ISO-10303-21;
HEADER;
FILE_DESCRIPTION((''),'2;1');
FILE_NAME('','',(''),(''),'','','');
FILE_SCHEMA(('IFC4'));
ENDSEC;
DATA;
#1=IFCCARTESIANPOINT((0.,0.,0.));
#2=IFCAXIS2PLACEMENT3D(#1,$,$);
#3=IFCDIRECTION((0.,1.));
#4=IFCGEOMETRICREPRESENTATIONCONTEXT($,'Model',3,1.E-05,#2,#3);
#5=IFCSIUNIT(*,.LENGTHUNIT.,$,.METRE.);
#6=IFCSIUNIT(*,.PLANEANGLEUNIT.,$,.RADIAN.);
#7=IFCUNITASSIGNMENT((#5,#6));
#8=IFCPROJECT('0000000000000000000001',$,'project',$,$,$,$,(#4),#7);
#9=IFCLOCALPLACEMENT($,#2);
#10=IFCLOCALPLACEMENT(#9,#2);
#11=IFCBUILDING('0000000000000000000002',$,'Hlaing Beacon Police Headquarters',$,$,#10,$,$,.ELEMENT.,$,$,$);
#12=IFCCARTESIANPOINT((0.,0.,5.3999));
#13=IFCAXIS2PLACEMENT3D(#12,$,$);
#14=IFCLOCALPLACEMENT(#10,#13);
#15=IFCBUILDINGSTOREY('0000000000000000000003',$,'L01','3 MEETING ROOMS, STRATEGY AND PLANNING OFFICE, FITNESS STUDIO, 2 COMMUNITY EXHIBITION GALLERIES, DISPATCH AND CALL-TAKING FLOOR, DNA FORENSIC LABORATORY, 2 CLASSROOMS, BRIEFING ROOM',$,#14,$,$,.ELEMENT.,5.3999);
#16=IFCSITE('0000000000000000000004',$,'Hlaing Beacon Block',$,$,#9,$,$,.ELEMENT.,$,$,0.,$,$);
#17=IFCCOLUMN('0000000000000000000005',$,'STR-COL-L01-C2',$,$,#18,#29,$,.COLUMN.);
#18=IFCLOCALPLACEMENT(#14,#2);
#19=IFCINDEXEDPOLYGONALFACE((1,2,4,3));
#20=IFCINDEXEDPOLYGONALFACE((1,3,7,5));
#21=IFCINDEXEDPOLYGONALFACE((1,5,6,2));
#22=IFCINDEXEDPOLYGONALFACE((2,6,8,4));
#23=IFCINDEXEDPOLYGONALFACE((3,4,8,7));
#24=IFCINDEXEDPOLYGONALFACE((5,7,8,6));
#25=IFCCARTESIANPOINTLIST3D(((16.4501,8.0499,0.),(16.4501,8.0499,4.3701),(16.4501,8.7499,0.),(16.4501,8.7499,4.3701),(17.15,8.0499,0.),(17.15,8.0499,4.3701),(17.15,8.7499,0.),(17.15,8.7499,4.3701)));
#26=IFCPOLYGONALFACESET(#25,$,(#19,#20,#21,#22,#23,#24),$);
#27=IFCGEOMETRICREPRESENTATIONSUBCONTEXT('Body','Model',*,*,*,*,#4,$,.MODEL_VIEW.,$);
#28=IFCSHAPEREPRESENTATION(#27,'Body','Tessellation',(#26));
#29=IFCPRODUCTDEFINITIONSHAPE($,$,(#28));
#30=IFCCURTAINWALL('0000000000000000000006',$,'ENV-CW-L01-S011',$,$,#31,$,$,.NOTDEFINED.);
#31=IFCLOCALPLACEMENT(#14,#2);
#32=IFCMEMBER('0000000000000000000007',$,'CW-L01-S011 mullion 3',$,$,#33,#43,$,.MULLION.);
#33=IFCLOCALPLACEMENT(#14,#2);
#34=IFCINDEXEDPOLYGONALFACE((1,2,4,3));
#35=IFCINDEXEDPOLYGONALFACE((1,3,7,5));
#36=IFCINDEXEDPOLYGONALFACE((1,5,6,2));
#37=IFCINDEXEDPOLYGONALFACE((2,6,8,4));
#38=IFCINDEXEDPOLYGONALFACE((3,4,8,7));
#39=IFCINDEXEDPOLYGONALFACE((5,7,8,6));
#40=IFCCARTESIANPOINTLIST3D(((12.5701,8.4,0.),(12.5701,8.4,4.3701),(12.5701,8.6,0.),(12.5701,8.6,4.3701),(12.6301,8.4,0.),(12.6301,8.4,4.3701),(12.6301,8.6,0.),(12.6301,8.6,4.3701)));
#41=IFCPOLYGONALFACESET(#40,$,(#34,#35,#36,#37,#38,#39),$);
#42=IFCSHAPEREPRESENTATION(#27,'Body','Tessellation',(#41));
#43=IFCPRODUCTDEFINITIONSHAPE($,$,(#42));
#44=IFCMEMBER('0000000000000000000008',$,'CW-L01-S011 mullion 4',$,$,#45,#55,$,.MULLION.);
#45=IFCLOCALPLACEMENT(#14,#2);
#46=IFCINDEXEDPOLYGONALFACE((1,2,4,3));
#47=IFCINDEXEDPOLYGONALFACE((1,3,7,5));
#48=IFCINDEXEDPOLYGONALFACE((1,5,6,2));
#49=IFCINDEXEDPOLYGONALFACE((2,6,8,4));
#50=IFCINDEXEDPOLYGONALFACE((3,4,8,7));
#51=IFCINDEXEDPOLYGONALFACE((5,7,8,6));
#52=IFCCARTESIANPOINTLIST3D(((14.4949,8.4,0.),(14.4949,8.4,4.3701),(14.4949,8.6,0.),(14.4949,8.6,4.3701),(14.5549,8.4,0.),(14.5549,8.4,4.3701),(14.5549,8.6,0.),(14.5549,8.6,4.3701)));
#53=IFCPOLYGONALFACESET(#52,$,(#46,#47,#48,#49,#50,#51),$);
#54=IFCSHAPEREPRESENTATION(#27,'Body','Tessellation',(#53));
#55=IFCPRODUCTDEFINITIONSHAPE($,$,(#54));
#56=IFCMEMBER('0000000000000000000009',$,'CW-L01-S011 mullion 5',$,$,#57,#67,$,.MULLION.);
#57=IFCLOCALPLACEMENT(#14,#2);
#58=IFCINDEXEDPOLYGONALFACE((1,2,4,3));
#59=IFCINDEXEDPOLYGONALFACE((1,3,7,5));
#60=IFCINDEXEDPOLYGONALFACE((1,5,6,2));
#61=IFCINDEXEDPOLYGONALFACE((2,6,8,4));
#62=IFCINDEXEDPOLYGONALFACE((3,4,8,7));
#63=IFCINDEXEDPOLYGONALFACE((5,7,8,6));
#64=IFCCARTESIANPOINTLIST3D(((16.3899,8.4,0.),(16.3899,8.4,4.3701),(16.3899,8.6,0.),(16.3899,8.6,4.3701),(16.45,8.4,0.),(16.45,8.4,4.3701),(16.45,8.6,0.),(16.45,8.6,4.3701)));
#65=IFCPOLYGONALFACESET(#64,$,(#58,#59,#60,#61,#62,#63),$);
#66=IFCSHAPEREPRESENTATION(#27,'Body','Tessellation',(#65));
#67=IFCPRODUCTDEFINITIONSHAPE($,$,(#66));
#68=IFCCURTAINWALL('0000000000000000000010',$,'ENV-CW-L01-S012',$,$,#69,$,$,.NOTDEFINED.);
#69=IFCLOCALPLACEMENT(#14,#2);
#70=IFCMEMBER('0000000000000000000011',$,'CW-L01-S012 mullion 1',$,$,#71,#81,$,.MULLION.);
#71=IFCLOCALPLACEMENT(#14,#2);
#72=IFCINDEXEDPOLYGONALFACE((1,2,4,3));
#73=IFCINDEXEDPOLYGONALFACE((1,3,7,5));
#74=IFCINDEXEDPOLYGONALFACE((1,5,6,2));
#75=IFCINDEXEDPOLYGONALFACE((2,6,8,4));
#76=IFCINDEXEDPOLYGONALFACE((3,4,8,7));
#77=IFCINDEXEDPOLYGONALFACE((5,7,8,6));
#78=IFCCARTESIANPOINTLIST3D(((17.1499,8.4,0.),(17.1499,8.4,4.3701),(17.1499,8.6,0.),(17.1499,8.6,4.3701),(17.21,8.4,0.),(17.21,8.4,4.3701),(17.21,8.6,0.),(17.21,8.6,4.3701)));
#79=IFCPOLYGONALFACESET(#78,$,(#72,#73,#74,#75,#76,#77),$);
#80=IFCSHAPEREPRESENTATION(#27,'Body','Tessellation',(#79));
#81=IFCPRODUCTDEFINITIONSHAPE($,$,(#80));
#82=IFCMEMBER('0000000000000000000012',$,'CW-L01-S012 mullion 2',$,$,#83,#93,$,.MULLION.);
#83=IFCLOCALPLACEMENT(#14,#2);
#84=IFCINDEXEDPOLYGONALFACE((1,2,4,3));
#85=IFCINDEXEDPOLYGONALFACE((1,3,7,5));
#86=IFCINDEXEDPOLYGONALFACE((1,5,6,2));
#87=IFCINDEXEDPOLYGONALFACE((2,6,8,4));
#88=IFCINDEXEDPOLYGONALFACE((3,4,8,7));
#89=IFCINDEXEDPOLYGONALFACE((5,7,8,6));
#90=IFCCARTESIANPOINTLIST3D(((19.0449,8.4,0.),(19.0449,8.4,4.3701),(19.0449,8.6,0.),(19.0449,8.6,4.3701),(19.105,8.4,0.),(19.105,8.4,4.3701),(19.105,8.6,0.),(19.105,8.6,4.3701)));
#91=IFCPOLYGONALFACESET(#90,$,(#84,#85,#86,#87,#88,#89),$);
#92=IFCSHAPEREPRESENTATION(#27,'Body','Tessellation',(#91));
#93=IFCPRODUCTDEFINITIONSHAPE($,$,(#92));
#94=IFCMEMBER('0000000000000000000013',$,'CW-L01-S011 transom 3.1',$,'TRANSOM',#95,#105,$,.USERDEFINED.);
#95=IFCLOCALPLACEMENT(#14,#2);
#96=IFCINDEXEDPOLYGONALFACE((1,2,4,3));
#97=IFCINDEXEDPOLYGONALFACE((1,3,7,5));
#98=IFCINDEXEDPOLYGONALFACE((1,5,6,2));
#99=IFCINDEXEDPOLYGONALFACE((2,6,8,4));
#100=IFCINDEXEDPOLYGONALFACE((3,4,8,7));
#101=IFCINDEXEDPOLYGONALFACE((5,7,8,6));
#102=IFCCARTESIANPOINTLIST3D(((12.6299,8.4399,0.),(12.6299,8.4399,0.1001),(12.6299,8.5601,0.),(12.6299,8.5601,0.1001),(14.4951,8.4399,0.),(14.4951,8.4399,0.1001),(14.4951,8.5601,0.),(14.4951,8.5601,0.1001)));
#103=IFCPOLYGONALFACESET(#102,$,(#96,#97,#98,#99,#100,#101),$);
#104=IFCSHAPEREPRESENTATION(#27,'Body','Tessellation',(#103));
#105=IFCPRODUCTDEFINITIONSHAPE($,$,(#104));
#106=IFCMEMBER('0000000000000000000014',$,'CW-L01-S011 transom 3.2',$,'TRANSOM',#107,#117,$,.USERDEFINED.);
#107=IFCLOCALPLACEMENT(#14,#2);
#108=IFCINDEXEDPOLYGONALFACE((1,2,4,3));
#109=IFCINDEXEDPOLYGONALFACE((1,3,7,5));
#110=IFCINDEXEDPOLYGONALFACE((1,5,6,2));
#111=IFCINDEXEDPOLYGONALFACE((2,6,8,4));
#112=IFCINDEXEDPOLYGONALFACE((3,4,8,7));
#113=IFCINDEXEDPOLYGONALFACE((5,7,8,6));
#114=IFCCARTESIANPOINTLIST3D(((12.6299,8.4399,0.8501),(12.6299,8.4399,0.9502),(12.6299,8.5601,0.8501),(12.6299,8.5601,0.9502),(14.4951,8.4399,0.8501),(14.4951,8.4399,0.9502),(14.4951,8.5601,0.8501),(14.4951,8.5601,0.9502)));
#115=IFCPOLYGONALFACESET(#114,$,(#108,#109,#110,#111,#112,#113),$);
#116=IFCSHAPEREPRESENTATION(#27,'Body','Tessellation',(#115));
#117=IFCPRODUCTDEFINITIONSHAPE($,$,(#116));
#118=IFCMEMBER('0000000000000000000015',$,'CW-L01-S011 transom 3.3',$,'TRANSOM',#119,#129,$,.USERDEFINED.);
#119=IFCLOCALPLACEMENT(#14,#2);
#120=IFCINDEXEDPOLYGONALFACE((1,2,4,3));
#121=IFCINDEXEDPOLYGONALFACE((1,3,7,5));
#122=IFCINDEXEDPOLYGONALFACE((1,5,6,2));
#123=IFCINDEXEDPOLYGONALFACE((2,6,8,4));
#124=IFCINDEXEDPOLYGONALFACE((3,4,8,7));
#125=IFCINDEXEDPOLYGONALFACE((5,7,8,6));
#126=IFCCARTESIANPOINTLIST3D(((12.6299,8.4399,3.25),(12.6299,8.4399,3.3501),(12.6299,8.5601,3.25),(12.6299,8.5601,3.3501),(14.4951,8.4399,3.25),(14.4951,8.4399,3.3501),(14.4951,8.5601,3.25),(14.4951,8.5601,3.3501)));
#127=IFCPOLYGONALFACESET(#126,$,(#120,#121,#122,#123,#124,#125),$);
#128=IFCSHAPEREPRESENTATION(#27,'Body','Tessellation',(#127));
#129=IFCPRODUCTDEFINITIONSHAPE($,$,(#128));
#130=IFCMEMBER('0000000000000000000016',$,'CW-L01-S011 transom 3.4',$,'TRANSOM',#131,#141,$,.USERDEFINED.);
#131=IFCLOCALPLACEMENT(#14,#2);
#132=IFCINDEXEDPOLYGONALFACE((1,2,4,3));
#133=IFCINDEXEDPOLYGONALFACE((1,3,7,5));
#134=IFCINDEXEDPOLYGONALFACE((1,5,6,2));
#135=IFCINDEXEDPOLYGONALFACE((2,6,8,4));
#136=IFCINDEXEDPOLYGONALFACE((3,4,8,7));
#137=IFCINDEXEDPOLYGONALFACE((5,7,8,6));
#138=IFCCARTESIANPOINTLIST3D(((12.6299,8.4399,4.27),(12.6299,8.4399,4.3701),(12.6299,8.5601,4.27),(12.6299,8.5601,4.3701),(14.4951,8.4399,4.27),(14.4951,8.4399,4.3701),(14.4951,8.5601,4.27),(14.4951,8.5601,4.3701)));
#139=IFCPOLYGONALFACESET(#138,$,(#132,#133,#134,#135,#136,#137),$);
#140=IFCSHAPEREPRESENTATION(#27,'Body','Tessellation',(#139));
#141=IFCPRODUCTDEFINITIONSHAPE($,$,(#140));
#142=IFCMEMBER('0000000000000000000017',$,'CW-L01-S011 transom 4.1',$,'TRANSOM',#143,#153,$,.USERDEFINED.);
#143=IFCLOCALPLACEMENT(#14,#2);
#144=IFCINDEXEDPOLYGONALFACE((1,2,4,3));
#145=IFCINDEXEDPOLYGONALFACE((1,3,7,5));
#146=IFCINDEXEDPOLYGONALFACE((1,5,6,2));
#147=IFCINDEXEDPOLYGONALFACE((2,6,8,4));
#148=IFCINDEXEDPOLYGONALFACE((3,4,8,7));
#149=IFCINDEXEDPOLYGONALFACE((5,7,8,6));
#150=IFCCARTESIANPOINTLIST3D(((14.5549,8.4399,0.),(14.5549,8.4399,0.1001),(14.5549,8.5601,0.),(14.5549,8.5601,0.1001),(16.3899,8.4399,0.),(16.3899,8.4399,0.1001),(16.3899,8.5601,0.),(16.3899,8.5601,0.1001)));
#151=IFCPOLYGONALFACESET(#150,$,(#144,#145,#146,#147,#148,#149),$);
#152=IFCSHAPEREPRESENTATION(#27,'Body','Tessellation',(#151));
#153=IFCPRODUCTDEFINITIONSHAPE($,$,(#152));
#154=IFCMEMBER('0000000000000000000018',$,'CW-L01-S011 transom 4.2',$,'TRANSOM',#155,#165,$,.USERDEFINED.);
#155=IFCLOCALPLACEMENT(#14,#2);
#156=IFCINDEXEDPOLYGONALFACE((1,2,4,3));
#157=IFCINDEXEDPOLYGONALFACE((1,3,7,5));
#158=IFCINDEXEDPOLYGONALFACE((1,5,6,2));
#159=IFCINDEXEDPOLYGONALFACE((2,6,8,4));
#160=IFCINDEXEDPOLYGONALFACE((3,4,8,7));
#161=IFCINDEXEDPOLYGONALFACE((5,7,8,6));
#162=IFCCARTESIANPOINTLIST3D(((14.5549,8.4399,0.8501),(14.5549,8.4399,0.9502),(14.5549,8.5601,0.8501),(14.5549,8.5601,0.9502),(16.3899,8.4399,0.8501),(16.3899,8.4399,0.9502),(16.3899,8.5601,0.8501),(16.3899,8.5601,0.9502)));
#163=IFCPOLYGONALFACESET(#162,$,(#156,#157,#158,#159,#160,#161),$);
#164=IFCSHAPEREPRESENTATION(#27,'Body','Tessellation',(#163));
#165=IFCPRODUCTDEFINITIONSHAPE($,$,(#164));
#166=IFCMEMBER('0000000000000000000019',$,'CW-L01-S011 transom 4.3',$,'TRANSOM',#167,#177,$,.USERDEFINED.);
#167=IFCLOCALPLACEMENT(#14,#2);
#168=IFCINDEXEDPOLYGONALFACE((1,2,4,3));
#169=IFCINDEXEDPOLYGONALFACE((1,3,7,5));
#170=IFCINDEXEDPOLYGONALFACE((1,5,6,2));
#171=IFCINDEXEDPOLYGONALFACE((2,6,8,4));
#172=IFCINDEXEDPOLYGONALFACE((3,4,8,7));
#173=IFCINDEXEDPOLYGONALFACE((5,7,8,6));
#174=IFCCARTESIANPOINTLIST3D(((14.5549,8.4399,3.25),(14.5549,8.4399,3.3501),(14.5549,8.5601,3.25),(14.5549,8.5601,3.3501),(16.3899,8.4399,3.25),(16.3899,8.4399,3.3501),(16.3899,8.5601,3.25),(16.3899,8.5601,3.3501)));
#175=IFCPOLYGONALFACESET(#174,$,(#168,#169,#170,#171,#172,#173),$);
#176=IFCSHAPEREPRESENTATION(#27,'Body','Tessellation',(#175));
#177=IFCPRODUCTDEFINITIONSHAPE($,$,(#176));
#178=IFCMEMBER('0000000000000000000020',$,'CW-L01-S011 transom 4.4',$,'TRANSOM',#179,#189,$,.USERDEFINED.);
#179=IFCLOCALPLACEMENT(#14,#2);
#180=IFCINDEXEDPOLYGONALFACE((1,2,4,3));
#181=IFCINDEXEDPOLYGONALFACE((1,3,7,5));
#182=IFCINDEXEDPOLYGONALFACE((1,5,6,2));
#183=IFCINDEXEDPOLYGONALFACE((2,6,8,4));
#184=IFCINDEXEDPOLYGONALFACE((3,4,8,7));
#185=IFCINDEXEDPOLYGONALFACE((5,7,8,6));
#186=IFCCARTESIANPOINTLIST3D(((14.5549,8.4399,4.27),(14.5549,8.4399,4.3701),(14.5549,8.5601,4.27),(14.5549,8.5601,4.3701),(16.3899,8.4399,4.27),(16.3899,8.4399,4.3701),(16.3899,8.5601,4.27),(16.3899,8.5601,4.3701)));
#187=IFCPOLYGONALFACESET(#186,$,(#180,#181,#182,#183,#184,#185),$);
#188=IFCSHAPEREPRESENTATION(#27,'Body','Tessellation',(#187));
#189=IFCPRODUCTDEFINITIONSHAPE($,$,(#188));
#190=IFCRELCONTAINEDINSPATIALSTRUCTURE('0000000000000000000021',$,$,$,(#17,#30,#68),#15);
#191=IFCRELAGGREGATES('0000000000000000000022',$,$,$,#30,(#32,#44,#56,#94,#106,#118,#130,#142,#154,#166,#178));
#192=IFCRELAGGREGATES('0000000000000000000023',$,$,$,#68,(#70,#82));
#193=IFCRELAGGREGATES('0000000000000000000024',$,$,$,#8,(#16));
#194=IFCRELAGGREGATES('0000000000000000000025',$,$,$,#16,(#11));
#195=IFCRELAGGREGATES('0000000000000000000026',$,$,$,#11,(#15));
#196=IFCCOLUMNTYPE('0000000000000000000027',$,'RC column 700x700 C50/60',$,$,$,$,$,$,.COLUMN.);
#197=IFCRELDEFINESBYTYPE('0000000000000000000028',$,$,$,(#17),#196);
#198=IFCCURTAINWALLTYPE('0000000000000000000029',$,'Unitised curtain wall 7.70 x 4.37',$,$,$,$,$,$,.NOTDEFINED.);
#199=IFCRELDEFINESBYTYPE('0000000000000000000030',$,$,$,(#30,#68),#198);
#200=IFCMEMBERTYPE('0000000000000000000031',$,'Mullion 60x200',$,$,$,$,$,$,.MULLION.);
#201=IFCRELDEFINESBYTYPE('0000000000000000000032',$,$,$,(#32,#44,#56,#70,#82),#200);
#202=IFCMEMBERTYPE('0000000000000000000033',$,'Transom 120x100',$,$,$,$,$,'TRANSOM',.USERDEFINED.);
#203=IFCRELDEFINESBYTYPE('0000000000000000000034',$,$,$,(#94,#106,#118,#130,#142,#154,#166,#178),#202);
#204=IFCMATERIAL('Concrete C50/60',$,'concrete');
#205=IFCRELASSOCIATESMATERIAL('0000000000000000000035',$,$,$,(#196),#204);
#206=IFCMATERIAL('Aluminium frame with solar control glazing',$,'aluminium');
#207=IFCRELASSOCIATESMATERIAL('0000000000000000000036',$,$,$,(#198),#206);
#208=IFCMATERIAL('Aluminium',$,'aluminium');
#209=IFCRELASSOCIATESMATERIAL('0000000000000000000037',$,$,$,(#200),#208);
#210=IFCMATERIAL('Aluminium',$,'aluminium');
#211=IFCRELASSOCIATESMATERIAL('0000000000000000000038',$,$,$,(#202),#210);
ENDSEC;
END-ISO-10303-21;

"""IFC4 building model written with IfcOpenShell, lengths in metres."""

from ifc_helpers import new_model, si_unit, direction, frame, origin, origin_2d, place, context, subcontext, project, spatial, rectangle, extrude, material, material_profile, profile_set, type_object, element, aggregate, save


model = new_model("IFC4")

# Units and contexts
model_context = context("Model", 3, precision=1e-05, world=origin(), true_north=direction((0.0, 1.0)))
body_context = subcontext(model_context, "Body", "Model", "MODEL_VIEW")
ifc_project = project(units=[si_unit("LENGTHUNIT", "METRE"), si_unit("PLANEANGLEUNIT", "RADIAN")], contexts=[model_context])

# Site, building, storey
site_placement = place(None, origin())
site = spatial("IfcSite", under=ifc_project, at=site_placement, Name="Hlaing Beacon Block", CompositionType="ELEMENT", RefElevation=0.0)
building_placement = place(site_placement, origin())
building = spatial("IfcBuilding", under=site, at=building_placement, Name="Hlaing Beacon Police Headquarters", CompositionType="ELEMENT")
storey_placement = place(building_placement, frame((0.0, 0.0, 5.3999)))
storey = spatial("IfcBuildingStorey", under=building, at=storey_placement, Name="L01", Description="3 MEETING ROOMS, STRATEGY AND PLANNING OFFICE, FITNESS STUDIO, 2 COMMUNITY EXHIBITION GALLERIES, DISPATCH AND CALL-TAKING FLOOR, DNA FORENSIC LABORATORY, 2 CLASSROOMS, BRIEFING ROOM", CompositionType="ELEMENT", Elevation=5.3999)

# Column
ifc_material_1 = material(Name="Concrete C50/60", Category="concrete")
ifc_material_profile_1 = material_profile(ifc_material_1, rectangle(XDim=0.7, YDim=0.7, at=origin_2d()), Name="700x700")
ifc_profile_set_1 = profile_set([ifc_material_profile_1], Name="Concrete C50/60")
column_type = type_object("IfcColumnType", Name="RC column 700x700 C50/60", PredefinedType="COLUMN", material=ifc_profile_set_1)
column_placement = place(storey_placement, frame((16.8, 8.3999, 0.0), z_axis=(0.0, 0.0, 1.0), x_axis=(1.0, 0.0, 0.0)))
element("IfcColumn", 1, at=column_placement, inside=storey, type_object=column_type, Name="STR-COL-L01-C2", PredefinedType="COLUMN", context=body_context, shape_type="SweptSolid", body=[
    extrude(rectangle(XDim=0.7, YDim=0.7, at=origin_2d()), origin(), (0.0, 0.0, 1.0), 4.3701),
])

# Curtain walls, members
ifc_material_2 = material(Name="Aluminium frame with solar control glazing", Category="aluminium")
curtain_wall_type = type_object("IfcCurtainWallType", Name="Unitised curtain wall 7.70 x 4.37", PredefinedType="NOTDEFINED", material=ifc_material_2)
curtain_wall_1_placement = place(storey_placement, origin())
curtain_wall_1 = element("IfcCurtainWall", 2, at=curtain_wall_1_placement, inside=storey, type_object=curtain_wall_type, Name="ENV-CW-L01-S011", PredefinedType="NOTDEFINED")
ifc_material_3 = material(Name="Aluminium", Category="aluminium")
ifc_material_profile_2 = material_profile(ifc_material_3, rectangle(XDim=0.2, YDim=0.0601, at=origin_2d()), Name="Mullion 60x200")
ifc_profile_set_2 = profile_set([ifc_material_profile_2], Name="Aluminium")
member_type_1 = type_object("IfcMemberType", Name="Mullion 60x200", PredefinedType="MULLION", material=ifc_profile_set_2)
member_1_placement = place(storey_placement, frame((12.6001, 8.5, 0.0), z_axis=(0.0, 0.0, 1.0), x_axis=(0.0, 1.0, 0.0)))
member_1 = element("IfcMember", 3, at=member_1_placement, type_object=member_type_1, Name="CW-L01-S011 mullion 3", PredefinedType="MULLION", context=body_context, shape_type="SweptSolid", body=[
    extrude(rectangle(XDim=0.2, YDim=0.0601, at=origin_2d()), origin(), (0.0, 0.0, 1.0), 4.3701),
])
member_2_placement = place(storey_placement, frame((14.5249, 8.5, 0.0), z_axis=(0.0, 0.0, 1.0), x_axis=(0.0, 1.0, 0.0)))
member_2 = element("IfcMember", 4, at=member_2_placement, type_object=member_type_1, Name="CW-L01-S011 mullion 4", PredefinedType="MULLION", context=body_context, shape_type="SweptSolid", body=[
    extrude(rectangle(XDim=0.2, YDim=0.0601, at=origin_2d()), origin(), (0.0, 0.0, 1.0), 4.3701),
])
member_3_placement = place(storey_placement, frame((16.4199, 8.5, 0.0), z_axis=(0.0, 0.0, 1.0), x_axis=(0.0, 1.0, 0.0)))
member_3 = element("IfcMember", 5, at=member_3_placement, type_object=member_type_1, Name="CW-L01-S011 mullion 5", PredefinedType="MULLION", context=body_context, shape_type="SweptSolid", body=[
    extrude(rectangle(XDim=0.2, YDim=0.0601, at=origin_2d()), origin(), (0.0, 0.0, 1.0), 4.3701),
])
curtain_wall_2_placement = place(storey_placement, origin())
curtain_wall_2 = element("IfcCurtainWall", 6, at=curtain_wall_2_placement, inside=storey, type_object=curtain_wall_type, Name="ENV-CW-L01-S012", PredefinedType="NOTDEFINED")
member_4_placement = place(storey_placement, frame((17.1799, 8.5, 0.0), z_axis=(0.0, 0.0, 1.0), x_axis=(0.0, 1.0, 0.0)))
member_4 = element("IfcMember", 7, at=member_4_placement, type_object=member_type_1, Name="CW-L01-S012 mullion 1", PredefinedType="MULLION", context=body_context, shape_type="SweptSolid", body=[
    extrude(rectangle(XDim=0.2, YDim=0.0601, at=origin_2d()), origin(), (0.0, 0.0, 1.0), 4.3701),
])
member_5_placement = place(storey_placement, frame((19.075, 8.5, 0.0), z_axis=(0.0, 0.0, 1.0), x_axis=(0.0, 1.0, 0.0)))
member_5 = element("IfcMember", 8, at=member_5_placement, type_object=member_type_1, Name="CW-L01-S012 mullion 2", PredefinedType="MULLION", context=body_context, shape_type="SweptSolid", body=[
    extrude(rectangle(XDim=0.2, YDim=0.0601, at=origin_2d()), origin(), (0.0, 0.0, 1.0), 4.3701),
])

# Members
ifc_material_4 = material(Name="Aluminium", Category="aluminium")
ifc_material_profile_3 = material_profile(ifc_material_4, rectangle(XDim=0.1201, YDim=0.1001, at=origin_2d()), Name="Transom 120x100")
ifc_profile_set_3 = profile_set([ifc_material_profile_3], Name="Aluminium")
member_type_2 = type_object("IfcMemberType", Name="Transom 120x100", ElementType="TRANSOM", PredefinedType="USERDEFINED", material=ifc_profile_set_3)
member_6_placement = place(storey_placement, frame((12.6299, 8.5, 0.05), z_axis=(1.0, 0.0, 0.0), x_axis=(0.0, 1.0, 0.0)))
member_6 = element("IfcMember", 9, at=member_6_placement, type_object=member_type_2, Name="CW-L01-S011 transom 3.1", ObjectType="TRANSOM", PredefinedType="USERDEFINED", context=body_context, shape_type="SweptSolid", body=[
    extrude(rectangle(XDim=0.1201, YDim=0.1001, at=origin_2d()), origin(), (0.0, 0.0, 1.0), 1.8652),
])
member_7_placement = place(storey_placement, frame((12.6299, 8.5, 0.9001), z_axis=(1.0, 0.0, 0.0), x_axis=(0.0, 1.0, 0.0)))
member_7 = element("IfcMember", 10, at=member_7_placement, type_object=member_type_2, Name="CW-L01-S011 transom 3.2", ObjectType="TRANSOM", PredefinedType="USERDEFINED", context=body_context, shape_type="SweptSolid", body=[
    extrude(rectangle(XDim=0.1201, YDim=0.1001, at=origin_2d()), origin(), (0.0, 0.0, 1.0), 1.8652),
])
member_8_placement = place(storey_placement, frame((12.6299, 8.5, 3.3), z_axis=(1.0, 0.0, 0.0), x_axis=(0.0, 1.0, 0.0)))
member_8 = element("IfcMember", 11, at=member_8_placement, type_object=member_type_2, Name="CW-L01-S011 transom 3.3", ObjectType="TRANSOM", PredefinedType="USERDEFINED", context=body_context, shape_type="SweptSolid", body=[
    extrude(rectangle(XDim=0.1201, YDim=0.1001, at=origin_2d()), origin(), (0.0, 0.0, 1.0), 1.8652),
])
member_9_placement = place(storey_placement, frame((12.6299, 8.5, 4.3201), z_axis=(1.0, 0.0, 0.0), x_axis=(0.0, 1.0, 0.0)))
member_9 = element("IfcMember", 12, at=member_9_placement, type_object=member_type_2, Name="CW-L01-S011 transom 3.4", ObjectType="TRANSOM", PredefinedType="USERDEFINED", context=body_context, shape_type="SweptSolid", body=[
    extrude(rectangle(XDim=0.1201, YDim=0.1001, at=origin_2d()), origin(), (0.0, 0.0, 1.0), 1.8652),
])
member_10_placement = place(storey_placement, frame((14.5549, 8.5, 0.05), z_axis=(1.0, 0.0, 0.0), x_axis=(0.0, 1.0, 0.0)))
member_10 = element("IfcMember", 13, at=member_10_placement, type_object=member_type_2, Name="CW-L01-S011 transom 4.1", ObjectType="TRANSOM", PredefinedType="USERDEFINED", context=body_context, shape_type="SweptSolid", body=[
    extrude(rectangle(XDim=0.1201, YDim=0.1001, at=origin_2d()), origin(), (0.0, 0.0, 1.0), 1.835),
])
member_11_placement = place(storey_placement, frame((14.5549, 8.5, 0.9001), z_axis=(1.0, 0.0, 0.0), x_axis=(0.0, 1.0, 0.0)))
member_11 = element("IfcMember", 14, at=member_11_placement, type_object=member_type_2, Name="CW-L01-S011 transom 4.2", ObjectType="TRANSOM", PredefinedType="USERDEFINED", context=body_context, shape_type="SweptSolid", body=[
    extrude(rectangle(XDim=0.1201, YDim=0.1001, at=origin_2d()), origin(), (0.0, 0.0, 1.0), 1.835),
])
member_12_placement = place(storey_placement, frame((14.5549, 8.5, 3.3), z_axis=(1.0, 0.0, 0.0), x_axis=(0.0, 1.0, 0.0)))
member_12 = element("IfcMember", 15, at=member_12_placement, type_object=member_type_2, Name="CW-L01-S011 transom 4.3", ObjectType="TRANSOM", PredefinedType="USERDEFINED", context=body_context, shape_type="SweptSolid", body=[
    extrude(rectangle(XDim=0.1201, YDim=0.1001, at=origin_2d()), origin(), (0.0, 0.0, 1.0), 1.835),
])
member_13_placement = place(storey_placement, frame((14.5549, 8.5, 4.3201), z_axis=(1.0, 0.0, 0.0), x_axis=(0.0, 1.0, 0.0)))
member_13 = element("IfcMember", 16, at=member_13_placement, type_object=member_type_2, Name="CW-L01-S011 transom 4.4", ObjectType="TRANSOM", PredefinedType="USERDEFINED", context=body_context, shape_type="SweptSolid", body=[
    extrude(rectangle(XDim=0.1201, YDim=0.1001, at=origin_2d()), origin(), (0.0, 0.0, 1.0), 1.835),
])

aggregate(curtain_wall_1, [member_1, member_2, member_3, member_6, member_7, member_8, member_9, member_10, member_11, member_12, member_13])
aggregate(curtain_wall_2, [member_4, member_5])

save(model, "model.ifc")
